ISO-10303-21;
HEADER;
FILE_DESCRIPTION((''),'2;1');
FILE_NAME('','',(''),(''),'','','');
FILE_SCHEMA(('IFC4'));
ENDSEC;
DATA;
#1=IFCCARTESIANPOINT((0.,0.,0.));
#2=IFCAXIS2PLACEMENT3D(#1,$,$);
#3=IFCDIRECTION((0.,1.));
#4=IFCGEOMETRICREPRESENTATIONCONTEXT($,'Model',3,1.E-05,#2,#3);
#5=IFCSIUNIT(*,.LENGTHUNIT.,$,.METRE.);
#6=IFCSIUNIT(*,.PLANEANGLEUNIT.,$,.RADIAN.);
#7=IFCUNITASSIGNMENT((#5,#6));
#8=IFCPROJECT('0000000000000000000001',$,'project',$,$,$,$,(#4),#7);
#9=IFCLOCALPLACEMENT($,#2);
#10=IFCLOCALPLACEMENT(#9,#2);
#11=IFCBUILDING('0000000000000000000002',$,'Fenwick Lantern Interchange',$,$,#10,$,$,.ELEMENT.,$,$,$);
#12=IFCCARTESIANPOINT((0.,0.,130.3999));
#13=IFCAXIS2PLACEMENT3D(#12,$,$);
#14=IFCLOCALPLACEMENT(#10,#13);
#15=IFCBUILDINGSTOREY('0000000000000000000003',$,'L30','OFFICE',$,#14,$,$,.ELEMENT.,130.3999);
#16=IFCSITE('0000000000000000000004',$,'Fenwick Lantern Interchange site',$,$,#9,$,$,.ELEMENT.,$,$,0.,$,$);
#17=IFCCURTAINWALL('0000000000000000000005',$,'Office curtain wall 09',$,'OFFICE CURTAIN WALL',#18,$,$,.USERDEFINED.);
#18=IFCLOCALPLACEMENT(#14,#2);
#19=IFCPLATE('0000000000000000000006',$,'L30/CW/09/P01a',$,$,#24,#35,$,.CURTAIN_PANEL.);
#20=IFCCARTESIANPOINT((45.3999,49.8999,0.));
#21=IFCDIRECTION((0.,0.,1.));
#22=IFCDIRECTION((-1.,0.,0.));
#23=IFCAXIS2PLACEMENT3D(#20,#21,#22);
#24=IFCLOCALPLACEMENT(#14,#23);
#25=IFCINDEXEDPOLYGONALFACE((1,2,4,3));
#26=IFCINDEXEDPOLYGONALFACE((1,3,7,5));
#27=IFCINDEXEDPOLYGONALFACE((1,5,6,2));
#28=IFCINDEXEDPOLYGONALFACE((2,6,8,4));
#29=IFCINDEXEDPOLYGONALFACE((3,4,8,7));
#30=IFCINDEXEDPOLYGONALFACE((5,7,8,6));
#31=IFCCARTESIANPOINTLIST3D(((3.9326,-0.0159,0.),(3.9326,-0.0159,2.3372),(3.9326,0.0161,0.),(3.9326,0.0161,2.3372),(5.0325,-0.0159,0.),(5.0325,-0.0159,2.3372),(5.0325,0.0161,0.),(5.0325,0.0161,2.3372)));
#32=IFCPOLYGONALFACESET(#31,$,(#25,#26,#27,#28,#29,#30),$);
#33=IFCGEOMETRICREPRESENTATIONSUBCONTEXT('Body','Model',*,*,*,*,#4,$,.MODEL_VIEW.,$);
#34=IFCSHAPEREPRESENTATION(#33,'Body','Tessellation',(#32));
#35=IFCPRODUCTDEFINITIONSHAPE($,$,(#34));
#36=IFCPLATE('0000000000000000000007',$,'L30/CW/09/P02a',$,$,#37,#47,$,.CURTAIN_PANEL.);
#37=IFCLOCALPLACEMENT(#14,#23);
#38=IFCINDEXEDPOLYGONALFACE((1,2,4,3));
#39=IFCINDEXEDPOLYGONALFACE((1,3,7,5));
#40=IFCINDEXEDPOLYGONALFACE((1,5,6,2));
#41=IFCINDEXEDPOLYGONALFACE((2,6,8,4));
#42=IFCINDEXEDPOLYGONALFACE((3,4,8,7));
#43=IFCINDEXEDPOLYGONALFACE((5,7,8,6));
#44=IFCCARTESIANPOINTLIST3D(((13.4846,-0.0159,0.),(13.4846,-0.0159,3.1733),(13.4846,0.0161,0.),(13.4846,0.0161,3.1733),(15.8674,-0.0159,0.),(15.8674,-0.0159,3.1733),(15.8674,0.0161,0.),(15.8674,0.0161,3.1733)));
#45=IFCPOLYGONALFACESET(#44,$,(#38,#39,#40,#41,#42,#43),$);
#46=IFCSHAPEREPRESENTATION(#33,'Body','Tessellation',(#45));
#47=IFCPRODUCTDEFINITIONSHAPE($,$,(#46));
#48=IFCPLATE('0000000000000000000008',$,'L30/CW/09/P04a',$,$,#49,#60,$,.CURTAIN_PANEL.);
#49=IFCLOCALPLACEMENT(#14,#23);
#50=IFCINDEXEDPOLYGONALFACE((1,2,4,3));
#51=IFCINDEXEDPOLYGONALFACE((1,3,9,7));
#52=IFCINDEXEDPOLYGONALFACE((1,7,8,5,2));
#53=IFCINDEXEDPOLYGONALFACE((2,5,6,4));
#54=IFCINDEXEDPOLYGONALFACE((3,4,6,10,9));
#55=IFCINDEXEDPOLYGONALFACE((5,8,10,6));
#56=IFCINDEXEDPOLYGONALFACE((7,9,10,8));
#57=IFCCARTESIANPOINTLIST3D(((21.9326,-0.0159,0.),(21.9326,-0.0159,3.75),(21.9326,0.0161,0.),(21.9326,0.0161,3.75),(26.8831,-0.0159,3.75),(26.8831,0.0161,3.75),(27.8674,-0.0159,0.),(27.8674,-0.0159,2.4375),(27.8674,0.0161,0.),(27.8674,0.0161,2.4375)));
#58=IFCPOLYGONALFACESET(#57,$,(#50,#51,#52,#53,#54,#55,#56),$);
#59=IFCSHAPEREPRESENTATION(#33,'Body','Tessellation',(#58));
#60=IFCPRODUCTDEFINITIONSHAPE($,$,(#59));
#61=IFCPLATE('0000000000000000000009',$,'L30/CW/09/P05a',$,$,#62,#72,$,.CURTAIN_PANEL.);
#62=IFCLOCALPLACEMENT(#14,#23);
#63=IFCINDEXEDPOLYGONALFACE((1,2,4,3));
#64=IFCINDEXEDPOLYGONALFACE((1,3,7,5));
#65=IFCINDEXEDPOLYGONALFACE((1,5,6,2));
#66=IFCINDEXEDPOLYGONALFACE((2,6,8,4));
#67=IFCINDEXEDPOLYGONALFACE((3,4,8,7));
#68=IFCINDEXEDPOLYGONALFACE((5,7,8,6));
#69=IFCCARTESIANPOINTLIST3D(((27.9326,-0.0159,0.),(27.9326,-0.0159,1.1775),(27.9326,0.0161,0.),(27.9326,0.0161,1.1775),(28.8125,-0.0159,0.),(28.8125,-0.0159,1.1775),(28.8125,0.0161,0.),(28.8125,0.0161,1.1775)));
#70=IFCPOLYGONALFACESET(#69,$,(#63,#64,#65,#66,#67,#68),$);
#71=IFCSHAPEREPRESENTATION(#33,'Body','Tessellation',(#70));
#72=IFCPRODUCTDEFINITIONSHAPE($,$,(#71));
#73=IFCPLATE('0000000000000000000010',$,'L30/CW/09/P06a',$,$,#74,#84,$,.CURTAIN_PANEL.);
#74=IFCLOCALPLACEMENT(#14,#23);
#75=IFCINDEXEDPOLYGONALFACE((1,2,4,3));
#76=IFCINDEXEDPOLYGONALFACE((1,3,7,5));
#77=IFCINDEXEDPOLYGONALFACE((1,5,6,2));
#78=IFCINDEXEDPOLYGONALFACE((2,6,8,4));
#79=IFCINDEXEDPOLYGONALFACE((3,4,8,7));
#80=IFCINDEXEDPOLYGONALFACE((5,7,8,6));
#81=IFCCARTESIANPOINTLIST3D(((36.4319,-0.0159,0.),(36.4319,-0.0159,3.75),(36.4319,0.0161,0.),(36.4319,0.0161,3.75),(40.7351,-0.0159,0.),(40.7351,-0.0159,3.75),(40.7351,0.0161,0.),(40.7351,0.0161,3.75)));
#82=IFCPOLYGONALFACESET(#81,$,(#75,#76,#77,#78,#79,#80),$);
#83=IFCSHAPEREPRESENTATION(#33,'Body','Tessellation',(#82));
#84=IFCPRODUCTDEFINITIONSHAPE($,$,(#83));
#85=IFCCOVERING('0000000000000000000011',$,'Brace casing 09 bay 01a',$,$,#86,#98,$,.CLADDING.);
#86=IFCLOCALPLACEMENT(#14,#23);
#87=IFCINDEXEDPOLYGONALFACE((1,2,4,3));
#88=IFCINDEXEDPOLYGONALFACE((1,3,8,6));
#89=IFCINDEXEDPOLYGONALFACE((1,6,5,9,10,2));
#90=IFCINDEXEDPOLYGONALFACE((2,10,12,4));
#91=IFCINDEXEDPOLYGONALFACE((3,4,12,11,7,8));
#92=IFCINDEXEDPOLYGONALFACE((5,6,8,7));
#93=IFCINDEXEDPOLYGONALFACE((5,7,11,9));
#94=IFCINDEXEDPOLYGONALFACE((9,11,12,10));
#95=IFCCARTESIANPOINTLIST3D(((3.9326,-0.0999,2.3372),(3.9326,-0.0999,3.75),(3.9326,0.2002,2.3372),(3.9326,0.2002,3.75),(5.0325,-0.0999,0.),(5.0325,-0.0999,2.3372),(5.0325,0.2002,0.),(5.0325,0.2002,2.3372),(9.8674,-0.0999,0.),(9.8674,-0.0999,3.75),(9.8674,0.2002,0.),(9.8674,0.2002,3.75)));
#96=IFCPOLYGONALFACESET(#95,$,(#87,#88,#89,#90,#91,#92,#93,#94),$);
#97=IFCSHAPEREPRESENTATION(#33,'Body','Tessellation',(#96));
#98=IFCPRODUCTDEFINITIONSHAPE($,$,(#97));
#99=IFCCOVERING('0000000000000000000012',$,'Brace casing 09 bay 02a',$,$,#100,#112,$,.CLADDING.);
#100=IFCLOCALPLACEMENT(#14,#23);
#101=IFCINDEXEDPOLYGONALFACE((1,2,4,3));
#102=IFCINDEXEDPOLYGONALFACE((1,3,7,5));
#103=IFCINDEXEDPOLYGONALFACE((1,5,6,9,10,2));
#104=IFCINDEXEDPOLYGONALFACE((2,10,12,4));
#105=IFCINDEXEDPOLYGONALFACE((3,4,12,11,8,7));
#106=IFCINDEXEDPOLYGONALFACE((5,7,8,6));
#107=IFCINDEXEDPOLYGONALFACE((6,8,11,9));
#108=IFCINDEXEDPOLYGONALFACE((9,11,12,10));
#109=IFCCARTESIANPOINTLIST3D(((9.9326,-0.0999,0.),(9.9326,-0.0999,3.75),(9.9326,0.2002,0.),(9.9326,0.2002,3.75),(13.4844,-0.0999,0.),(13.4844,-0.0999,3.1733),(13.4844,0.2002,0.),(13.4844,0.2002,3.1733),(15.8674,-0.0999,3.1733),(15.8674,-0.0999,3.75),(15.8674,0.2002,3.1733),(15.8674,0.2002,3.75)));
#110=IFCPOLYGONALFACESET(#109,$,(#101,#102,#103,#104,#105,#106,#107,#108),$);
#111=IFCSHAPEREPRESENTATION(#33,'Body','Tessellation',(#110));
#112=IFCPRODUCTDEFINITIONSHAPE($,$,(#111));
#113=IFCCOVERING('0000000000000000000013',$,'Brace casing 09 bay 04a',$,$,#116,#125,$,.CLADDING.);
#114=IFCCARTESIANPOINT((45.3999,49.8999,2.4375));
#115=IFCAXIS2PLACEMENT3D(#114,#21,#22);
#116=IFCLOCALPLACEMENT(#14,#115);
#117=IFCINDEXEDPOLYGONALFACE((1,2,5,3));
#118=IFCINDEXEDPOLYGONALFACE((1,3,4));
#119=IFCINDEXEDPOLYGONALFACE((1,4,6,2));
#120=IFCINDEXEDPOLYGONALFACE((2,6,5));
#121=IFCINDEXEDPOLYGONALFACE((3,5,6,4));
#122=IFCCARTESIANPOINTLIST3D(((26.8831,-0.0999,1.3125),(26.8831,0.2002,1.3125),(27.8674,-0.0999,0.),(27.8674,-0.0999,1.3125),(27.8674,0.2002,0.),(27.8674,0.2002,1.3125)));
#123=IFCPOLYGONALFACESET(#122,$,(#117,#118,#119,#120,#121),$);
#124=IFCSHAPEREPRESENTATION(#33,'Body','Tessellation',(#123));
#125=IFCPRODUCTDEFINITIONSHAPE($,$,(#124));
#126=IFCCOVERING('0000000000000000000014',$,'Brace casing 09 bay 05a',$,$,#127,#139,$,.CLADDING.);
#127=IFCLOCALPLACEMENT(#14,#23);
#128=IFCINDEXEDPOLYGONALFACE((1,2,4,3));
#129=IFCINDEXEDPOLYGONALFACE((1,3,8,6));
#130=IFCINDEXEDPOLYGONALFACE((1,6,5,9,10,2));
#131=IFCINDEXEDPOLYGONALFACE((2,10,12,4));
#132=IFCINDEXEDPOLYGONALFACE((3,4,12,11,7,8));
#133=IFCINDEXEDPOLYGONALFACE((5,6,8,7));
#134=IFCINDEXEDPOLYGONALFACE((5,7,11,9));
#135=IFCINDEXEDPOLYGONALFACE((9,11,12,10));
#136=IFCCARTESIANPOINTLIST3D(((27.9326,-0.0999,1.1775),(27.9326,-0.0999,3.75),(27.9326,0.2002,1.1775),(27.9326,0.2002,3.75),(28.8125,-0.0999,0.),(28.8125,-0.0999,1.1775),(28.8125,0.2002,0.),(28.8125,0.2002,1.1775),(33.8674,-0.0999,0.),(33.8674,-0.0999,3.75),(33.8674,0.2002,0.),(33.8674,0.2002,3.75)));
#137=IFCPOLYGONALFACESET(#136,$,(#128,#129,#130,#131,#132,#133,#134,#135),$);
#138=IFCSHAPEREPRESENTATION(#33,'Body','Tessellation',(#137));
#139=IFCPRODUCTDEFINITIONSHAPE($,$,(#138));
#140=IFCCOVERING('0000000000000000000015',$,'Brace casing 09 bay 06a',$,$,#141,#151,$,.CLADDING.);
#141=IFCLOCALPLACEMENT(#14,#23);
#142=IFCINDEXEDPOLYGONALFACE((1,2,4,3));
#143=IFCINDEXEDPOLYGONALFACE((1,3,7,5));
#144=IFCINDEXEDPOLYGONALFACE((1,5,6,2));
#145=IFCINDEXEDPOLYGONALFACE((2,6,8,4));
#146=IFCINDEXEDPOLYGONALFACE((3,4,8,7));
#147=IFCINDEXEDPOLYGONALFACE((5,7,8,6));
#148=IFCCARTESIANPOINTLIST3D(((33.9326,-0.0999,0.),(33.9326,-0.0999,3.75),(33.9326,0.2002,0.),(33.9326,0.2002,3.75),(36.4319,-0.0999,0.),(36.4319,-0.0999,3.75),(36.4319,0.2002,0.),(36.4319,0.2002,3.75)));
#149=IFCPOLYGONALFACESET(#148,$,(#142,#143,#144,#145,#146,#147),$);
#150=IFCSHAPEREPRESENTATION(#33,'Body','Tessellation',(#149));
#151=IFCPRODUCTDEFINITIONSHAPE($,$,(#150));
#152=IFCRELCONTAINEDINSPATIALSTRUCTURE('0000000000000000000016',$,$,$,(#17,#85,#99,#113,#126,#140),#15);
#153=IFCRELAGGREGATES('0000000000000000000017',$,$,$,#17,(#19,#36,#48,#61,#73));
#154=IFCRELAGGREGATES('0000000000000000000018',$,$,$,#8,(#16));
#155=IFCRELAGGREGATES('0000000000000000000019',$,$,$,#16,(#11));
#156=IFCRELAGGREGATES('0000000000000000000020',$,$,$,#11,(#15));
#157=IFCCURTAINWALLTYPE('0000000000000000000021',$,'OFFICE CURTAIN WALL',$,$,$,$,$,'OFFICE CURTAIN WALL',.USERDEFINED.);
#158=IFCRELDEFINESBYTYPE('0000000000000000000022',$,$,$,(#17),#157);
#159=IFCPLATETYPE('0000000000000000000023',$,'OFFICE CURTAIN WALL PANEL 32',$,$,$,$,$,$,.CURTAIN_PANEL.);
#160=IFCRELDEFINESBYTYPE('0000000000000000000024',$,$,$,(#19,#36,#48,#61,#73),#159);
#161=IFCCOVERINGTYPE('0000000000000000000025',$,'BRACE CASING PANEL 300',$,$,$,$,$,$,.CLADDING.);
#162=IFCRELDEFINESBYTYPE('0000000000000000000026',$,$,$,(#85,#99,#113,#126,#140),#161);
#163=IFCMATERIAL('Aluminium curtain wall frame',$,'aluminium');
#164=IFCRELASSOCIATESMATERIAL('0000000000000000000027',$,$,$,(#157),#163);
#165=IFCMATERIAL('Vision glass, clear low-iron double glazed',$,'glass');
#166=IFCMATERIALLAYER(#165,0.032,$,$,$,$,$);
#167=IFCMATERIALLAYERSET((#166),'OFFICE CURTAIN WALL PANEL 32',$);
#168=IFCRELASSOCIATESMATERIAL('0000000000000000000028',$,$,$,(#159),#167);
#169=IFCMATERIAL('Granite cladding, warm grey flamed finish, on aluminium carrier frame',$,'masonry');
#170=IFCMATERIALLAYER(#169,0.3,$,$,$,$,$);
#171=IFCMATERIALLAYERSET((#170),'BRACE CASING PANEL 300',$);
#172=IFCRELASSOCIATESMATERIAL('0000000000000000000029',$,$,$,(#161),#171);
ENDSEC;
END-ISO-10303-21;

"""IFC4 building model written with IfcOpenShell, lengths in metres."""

from ifc_helpers import new_model, si_unit, direction, frame, origin, place, context, subcontext, project, spatial, polyline, outline, extrude, material, layer, layer_set, type_object, element, aggregate, save


model = new_model("IFC4")

# Units and contexts
model_context = context("Model", 3, precision=1e-05, world=origin(), true_north=direction((0.0, 1.0)))
body_context = subcontext(model_context, "Body", "Model", "MODEL_VIEW")
ifc_project = project(units=[si_unit("LENGTHUNIT", "METRE"), si_unit("PLANEANGLEUNIT", "RADIAN")], contexts=[model_context])

# Site, building, storey
site_placement = place(None, origin())
site = spatial("IfcSite", under=ifc_project, at=site_placement, Name="Fenwick Lantern Interchange site", CompositionType="ELEMENT", RefElevation=0.0)
building_placement = place(site_placement, origin())
building = spatial("IfcBuilding", under=site, at=building_placement, Name="Fenwick Lantern Interchange", CompositionType="ELEMENT")
storey_placement = place(building_placement, frame((0.0, 0.0, 130.3999)))
storey = spatial("IfcBuildingStorey", under=building, at=storey_placement, Name="L30", Description="OFFICE", CompositionType="ELEMENT", Elevation=130.3999)

# Shared definitions
ifc_material_1 = material(Name="Aluminium curtain wall frame", Category="aluminium")
curtain_wall_type = type_object("IfcCurtainWallType", Name="OFFICE CURTAIN WALL", ElementType="OFFICE CURTAIN WALL", PredefinedType="USERDEFINED", material=ifc_material_1)

# Curtain wall
curtain_wall_1_placement = place(storey_placement, origin())
curtain_wall_1 = element("IfcCurtainWall", 1, at=curtain_wall_1_placement, inside=storey, type_object=curtain_wall_type, Name="Office curtain wall 09", ObjectType="OFFICE CURTAIN WALL", PredefinedType="USERDEFINED")

# Plates
ifc_material_2 = material(Name="Vision glass, clear low-iron double glazed", Category="glass")
ifc_layer_1 = layer(ifc_material_2, 0.032)
ifc_layer_set_1 = layer_set([ifc_layer_1], Name="OFFICE CURTAIN WALL PANEL 32")
plate_type = type_object("IfcPlateType", Name="OFFICE CURTAIN WALL PANEL 32", PredefinedType="CURTAIN_PANEL", material=ifc_layer_set_1)
plate_1_placement = place(storey_placement, frame((45.3999, 49.8999, 0.0), z_axis=(0.0, 0.0, 1.0), x_axis=(-1.0, 0.0, 0.0)))
plate_1 = element("IfcPlate", 2, at=plate_1_placement, type_object=plate_type, Name="L30/CW/09/P01a", PredefinedType="CURTAIN_PANEL", context=body_context, shape_type="SweptSolid", body=[
    extrude(outline(polyline([(3.9326, 0.0), (5.0325, 0.0), (5.0325, 2.3372), (3.9326, 2.3372), (3.9326, 0.0)])), frame((0.0, 0.0161, 0.0), z_axis=(0.0, -1.0, 0.0), x_axis=(1.0, 0.0, 0.0)), (0.0, 0.0, 1.0), 0.032),
])
plate_2_placement = place(storey_placement, frame((45.3999, 49.8999, 0.0), z_axis=(0.0, 0.0, 1.0), x_axis=(-1.0, 0.0, 0.0)))
plate_2 = element("IfcPlate", 3, at=plate_2_placement, type_object=plate_type, Name="L30/CW/09/P02a", PredefinedType="CURTAIN_PANEL", context=body_context, shape_type="SweptSolid", body=[
    extrude(outline(polyline([(13.4846, 0.0), (15.8674, 0.0), (15.8674, 3.1733), (13.4846, 3.1733), (13.4846, 0.0)])), frame((0.0, 0.0161, 0.0), z_axis=(0.0, -1.0, 0.0), x_axis=(1.0, 0.0, 0.0)), (0.0, 0.0, 1.0), 0.032),
])
plate_3_placement = place(storey_placement, frame((45.3999, 49.8999, 0.0), z_axis=(0.0, 0.0, 1.0), x_axis=(-1.0, 0.0, 0.0)))
plate_3 = element("IfcPlate", 4, at=plate_3_placement, type_object=plate_type, Name="L30/CW/09/P04a", PredefinedType="CURTAIN_PANEL", context=body_context, shape_type="SweptSolid", body=[
    extrude(outline(polyline([(21.9326, 0.0), (27.8674, 0.0), (27.8674, 2.4375), (26.8831, 3.75), (21.9326, 3.75), (21.9326, 0.0)])), frame((0.0, 0.0161, 0.0), z_axis=(0.0, -1.0, 0.0), x_axis=(1.0, 0.0, 0.0)), (0.0, 0.0, 1.0), 0.032),
])
plate_4_placement = place(storey_placement, frame((45.3999, 49.8999, 0.0), z_axis=(0.0, 0.0, 1.0), x_axis=(-1.0, 0.0, 0.0)))
plate_4 = element("IfcPlate", 5, at=plate_4_placement, type_object=plate_type, Name="L30/CW/09/P05a", PredefinedType="CURTAIN_PANEL", context=body_context, shape_type="SweptSolid", body=[
    extrude(outline(polyline([(27.9326, 0.0), (28.8125, 0.0), (28.8125, 1.1775), (27.9326, 1.1775), (27.9326, 0.0)])), frame((0.0, 0.0161, 0.0), z_axis=(0.0, -1.0, 0.0), x_axis=(1.0, 0.0, 0.0)), (0.0, 0.0, 1.0), 0.032),
])
plate_5_placement = place(storey_placement, frame((45.3999, 49.8999, 0.0), z_axis=(0.0, 0.0, 1.0), x_axis=(-1.0, 0.0, 0.0)))
plate_5 = element("IfcPlate", 6, at=plate_5_placement, type_object=plate_type, Name="L30/CW/09/P06a", PredefinedType="CURTAIN_PANEL", context=body_context, shape_type="SweptSolid", body=[
    extrude(outline(polyline([(36.4319, 0.0), (40.7351, 0.0), (40.7351, 3.75), (36.4319, 3.75), (36.4319, 0.0)])), frame((0.0, 0.0161, 0.0), z_axis=(0.0, -1.0, 0.0), x_axis=(1.0, 0.0, 0.0)), (0.0, 0.0, 1.0), 0.032),
])
aggregate(curtain_wall_1, [plate_1, plate_2, plate_3, plate_4, plate_5])

# Coverings
ifc_material_3 = material(Name="Granite cladding, warm grey flamed finish, on aluminium carrier frame", Category="masonry")
ifc_layer_2 = layer(ifc_material_3, 0.3)
ifc_layer_set_2 = layer_set([ifc_layer_2], Name="BRACE CASING PANEL 300")
covering_type = type_object("IfcCoveringType", Name="BRACE CASING PANEL 300", PredefinedType="CLADDING", material=ifc_layer_set_2)
covering_1_placement = place(storey_placement, frame((45.3999, 49.8999, 0.0), z_axis=(0.0, 0.0, 1.0), x_axis=(-1.0, 0.0, 0.0)))
element("IfcCovering", 7, at=covering_1_placement, inside=storey, type_object=covering_type, Name="Brace casing 09 bay 01a", PredefinedType="CLADDING", context=body_context, shape_type="SweptSolid", body=[
    extrude(outline(polyline([(5.0325, 0.0), (9.8674, 0.0), (9.8674, 3.75), (3.9326, 3.75), (3.9326, 2.3372), (5.0325, 2.3372), (5.0325, 0.0)])), frame((0.0, 0.2002, 0.0), z_axis=(0.0, -1.0, 0.0), x_axis=(1.0, 0.0, 0.0)), (0.0, 0.0, 1.0), 0.3),
])
covering_2_placement = place(storey_placement, frame((45.3999, 49.8999, 0.0), z_axis=(0.0, 0.0, 1.0), x_axis=(-1.0, 0.0, 0.0)))
element("IfcCovering", 8, at=covering_2_placement, inside=storey, type_object=covering_type, Name="Brace casing 09 bay 02a", PredefinedType="CLADDING", context=body_context, shape_type="SweptSolid", body=[
    extrude(outline(polyline([(9.9326, 0.0), (13.4844, 0.0), (13.4844, 3.1733), (15.8674, 3.1733), (15.8674, 3.75), (9.9326, 3.75), (9.9326, 0.0)])), frame((0.0, 0.2002, 0.0), z_axis=(0.0, -1.0, 0.0), x_axis=(1.0, 0.0, 0.0)), (0.0, 0.0, 1.0), 0.3),
])
covering_3_placement = place(storey_placement, frame((45.3999, 49.8999, 2.4375), z_axis=(0.0, 0.0, 1.0), x_axis=(-1.0, 0.0, 0.0)))
element("IfcCovering", 9, at=covering_3_placement, inside=storey, type_object=covering_type, Name="Brace casing 09 bay 04a", PredefinedType="CLADDING", context=body_context, shape_type="SweptSolid", body=[
    extrude(outline(polyline([(27.8674, 0.0), (27.8674, 1.3125), (26.8831, 1.3125), (27.8674, 0.0)])), frame((0.0, 0.2002, 0.0), z_axis=(0.0, -1.0, 0.0), x_axis=(1.0, 0.0, 0.0)), (0.0, 0.0, 1.0), 0.3),
])
covering_4_placement = place(storey_placement, frame((45.3999, 49.8999, 0.0), z_axis=(0.0, 0.0, 1.0), x_axis=(-1.0, 0.0, 0.0)))
element("IfcCovering", 10, at=covering_4_placement, inside=storey, type_object=covering_type, Name="Brace casing 09 bay 05a", PredefinedType="CLADDING", context=body_context, shape_type="SweptSolid", body=[
    extrude(outline(polyline([(28.8125, 0.0), (33.8674, 0.0), (33.8674, 3.75), (27.9326, 3.75), (27.9326, 1.1775), (28.8125, 1.1775), (28.8125, 0.0)])), frame((0.0, 0.2002, 0.0), z_axis=(0.0, -1.0, 0.0), x_axis=(1.0, 0.0, 0.0)), (0.0, 0.0, 1.0), 0.3),
])
covering_5_placement = place(storey_placement, frame((45.3999, 49.8999, 0.0), z_axis=(0.0, 0.0, 1.0), x_axis=(-1.0, 0.0, 0.0)))
element("IfcCovering", 11, at=covering_5_placement, inside=storey, type_object=covering_type, Name="Brace casing 09 bay 06a", PredefinedType="CLADDING", context=body_context, shape_type="SweptSolid", body=[
    extrude(outline(polyline([(33.9326, 0.0), (36.4319, 0.0), (36.4319, 3.75), (33.9326, 3.75), (33.9326, 0.0)])), frame((0.0, 0.2002, 0.0), z_axis=(0.0, -1.0, 0.0), x_axis=(1.0, 0.0, 0.0)), (0.0, 0.0, 1.0), 0.3),
])

save(model, "model.ifc")
